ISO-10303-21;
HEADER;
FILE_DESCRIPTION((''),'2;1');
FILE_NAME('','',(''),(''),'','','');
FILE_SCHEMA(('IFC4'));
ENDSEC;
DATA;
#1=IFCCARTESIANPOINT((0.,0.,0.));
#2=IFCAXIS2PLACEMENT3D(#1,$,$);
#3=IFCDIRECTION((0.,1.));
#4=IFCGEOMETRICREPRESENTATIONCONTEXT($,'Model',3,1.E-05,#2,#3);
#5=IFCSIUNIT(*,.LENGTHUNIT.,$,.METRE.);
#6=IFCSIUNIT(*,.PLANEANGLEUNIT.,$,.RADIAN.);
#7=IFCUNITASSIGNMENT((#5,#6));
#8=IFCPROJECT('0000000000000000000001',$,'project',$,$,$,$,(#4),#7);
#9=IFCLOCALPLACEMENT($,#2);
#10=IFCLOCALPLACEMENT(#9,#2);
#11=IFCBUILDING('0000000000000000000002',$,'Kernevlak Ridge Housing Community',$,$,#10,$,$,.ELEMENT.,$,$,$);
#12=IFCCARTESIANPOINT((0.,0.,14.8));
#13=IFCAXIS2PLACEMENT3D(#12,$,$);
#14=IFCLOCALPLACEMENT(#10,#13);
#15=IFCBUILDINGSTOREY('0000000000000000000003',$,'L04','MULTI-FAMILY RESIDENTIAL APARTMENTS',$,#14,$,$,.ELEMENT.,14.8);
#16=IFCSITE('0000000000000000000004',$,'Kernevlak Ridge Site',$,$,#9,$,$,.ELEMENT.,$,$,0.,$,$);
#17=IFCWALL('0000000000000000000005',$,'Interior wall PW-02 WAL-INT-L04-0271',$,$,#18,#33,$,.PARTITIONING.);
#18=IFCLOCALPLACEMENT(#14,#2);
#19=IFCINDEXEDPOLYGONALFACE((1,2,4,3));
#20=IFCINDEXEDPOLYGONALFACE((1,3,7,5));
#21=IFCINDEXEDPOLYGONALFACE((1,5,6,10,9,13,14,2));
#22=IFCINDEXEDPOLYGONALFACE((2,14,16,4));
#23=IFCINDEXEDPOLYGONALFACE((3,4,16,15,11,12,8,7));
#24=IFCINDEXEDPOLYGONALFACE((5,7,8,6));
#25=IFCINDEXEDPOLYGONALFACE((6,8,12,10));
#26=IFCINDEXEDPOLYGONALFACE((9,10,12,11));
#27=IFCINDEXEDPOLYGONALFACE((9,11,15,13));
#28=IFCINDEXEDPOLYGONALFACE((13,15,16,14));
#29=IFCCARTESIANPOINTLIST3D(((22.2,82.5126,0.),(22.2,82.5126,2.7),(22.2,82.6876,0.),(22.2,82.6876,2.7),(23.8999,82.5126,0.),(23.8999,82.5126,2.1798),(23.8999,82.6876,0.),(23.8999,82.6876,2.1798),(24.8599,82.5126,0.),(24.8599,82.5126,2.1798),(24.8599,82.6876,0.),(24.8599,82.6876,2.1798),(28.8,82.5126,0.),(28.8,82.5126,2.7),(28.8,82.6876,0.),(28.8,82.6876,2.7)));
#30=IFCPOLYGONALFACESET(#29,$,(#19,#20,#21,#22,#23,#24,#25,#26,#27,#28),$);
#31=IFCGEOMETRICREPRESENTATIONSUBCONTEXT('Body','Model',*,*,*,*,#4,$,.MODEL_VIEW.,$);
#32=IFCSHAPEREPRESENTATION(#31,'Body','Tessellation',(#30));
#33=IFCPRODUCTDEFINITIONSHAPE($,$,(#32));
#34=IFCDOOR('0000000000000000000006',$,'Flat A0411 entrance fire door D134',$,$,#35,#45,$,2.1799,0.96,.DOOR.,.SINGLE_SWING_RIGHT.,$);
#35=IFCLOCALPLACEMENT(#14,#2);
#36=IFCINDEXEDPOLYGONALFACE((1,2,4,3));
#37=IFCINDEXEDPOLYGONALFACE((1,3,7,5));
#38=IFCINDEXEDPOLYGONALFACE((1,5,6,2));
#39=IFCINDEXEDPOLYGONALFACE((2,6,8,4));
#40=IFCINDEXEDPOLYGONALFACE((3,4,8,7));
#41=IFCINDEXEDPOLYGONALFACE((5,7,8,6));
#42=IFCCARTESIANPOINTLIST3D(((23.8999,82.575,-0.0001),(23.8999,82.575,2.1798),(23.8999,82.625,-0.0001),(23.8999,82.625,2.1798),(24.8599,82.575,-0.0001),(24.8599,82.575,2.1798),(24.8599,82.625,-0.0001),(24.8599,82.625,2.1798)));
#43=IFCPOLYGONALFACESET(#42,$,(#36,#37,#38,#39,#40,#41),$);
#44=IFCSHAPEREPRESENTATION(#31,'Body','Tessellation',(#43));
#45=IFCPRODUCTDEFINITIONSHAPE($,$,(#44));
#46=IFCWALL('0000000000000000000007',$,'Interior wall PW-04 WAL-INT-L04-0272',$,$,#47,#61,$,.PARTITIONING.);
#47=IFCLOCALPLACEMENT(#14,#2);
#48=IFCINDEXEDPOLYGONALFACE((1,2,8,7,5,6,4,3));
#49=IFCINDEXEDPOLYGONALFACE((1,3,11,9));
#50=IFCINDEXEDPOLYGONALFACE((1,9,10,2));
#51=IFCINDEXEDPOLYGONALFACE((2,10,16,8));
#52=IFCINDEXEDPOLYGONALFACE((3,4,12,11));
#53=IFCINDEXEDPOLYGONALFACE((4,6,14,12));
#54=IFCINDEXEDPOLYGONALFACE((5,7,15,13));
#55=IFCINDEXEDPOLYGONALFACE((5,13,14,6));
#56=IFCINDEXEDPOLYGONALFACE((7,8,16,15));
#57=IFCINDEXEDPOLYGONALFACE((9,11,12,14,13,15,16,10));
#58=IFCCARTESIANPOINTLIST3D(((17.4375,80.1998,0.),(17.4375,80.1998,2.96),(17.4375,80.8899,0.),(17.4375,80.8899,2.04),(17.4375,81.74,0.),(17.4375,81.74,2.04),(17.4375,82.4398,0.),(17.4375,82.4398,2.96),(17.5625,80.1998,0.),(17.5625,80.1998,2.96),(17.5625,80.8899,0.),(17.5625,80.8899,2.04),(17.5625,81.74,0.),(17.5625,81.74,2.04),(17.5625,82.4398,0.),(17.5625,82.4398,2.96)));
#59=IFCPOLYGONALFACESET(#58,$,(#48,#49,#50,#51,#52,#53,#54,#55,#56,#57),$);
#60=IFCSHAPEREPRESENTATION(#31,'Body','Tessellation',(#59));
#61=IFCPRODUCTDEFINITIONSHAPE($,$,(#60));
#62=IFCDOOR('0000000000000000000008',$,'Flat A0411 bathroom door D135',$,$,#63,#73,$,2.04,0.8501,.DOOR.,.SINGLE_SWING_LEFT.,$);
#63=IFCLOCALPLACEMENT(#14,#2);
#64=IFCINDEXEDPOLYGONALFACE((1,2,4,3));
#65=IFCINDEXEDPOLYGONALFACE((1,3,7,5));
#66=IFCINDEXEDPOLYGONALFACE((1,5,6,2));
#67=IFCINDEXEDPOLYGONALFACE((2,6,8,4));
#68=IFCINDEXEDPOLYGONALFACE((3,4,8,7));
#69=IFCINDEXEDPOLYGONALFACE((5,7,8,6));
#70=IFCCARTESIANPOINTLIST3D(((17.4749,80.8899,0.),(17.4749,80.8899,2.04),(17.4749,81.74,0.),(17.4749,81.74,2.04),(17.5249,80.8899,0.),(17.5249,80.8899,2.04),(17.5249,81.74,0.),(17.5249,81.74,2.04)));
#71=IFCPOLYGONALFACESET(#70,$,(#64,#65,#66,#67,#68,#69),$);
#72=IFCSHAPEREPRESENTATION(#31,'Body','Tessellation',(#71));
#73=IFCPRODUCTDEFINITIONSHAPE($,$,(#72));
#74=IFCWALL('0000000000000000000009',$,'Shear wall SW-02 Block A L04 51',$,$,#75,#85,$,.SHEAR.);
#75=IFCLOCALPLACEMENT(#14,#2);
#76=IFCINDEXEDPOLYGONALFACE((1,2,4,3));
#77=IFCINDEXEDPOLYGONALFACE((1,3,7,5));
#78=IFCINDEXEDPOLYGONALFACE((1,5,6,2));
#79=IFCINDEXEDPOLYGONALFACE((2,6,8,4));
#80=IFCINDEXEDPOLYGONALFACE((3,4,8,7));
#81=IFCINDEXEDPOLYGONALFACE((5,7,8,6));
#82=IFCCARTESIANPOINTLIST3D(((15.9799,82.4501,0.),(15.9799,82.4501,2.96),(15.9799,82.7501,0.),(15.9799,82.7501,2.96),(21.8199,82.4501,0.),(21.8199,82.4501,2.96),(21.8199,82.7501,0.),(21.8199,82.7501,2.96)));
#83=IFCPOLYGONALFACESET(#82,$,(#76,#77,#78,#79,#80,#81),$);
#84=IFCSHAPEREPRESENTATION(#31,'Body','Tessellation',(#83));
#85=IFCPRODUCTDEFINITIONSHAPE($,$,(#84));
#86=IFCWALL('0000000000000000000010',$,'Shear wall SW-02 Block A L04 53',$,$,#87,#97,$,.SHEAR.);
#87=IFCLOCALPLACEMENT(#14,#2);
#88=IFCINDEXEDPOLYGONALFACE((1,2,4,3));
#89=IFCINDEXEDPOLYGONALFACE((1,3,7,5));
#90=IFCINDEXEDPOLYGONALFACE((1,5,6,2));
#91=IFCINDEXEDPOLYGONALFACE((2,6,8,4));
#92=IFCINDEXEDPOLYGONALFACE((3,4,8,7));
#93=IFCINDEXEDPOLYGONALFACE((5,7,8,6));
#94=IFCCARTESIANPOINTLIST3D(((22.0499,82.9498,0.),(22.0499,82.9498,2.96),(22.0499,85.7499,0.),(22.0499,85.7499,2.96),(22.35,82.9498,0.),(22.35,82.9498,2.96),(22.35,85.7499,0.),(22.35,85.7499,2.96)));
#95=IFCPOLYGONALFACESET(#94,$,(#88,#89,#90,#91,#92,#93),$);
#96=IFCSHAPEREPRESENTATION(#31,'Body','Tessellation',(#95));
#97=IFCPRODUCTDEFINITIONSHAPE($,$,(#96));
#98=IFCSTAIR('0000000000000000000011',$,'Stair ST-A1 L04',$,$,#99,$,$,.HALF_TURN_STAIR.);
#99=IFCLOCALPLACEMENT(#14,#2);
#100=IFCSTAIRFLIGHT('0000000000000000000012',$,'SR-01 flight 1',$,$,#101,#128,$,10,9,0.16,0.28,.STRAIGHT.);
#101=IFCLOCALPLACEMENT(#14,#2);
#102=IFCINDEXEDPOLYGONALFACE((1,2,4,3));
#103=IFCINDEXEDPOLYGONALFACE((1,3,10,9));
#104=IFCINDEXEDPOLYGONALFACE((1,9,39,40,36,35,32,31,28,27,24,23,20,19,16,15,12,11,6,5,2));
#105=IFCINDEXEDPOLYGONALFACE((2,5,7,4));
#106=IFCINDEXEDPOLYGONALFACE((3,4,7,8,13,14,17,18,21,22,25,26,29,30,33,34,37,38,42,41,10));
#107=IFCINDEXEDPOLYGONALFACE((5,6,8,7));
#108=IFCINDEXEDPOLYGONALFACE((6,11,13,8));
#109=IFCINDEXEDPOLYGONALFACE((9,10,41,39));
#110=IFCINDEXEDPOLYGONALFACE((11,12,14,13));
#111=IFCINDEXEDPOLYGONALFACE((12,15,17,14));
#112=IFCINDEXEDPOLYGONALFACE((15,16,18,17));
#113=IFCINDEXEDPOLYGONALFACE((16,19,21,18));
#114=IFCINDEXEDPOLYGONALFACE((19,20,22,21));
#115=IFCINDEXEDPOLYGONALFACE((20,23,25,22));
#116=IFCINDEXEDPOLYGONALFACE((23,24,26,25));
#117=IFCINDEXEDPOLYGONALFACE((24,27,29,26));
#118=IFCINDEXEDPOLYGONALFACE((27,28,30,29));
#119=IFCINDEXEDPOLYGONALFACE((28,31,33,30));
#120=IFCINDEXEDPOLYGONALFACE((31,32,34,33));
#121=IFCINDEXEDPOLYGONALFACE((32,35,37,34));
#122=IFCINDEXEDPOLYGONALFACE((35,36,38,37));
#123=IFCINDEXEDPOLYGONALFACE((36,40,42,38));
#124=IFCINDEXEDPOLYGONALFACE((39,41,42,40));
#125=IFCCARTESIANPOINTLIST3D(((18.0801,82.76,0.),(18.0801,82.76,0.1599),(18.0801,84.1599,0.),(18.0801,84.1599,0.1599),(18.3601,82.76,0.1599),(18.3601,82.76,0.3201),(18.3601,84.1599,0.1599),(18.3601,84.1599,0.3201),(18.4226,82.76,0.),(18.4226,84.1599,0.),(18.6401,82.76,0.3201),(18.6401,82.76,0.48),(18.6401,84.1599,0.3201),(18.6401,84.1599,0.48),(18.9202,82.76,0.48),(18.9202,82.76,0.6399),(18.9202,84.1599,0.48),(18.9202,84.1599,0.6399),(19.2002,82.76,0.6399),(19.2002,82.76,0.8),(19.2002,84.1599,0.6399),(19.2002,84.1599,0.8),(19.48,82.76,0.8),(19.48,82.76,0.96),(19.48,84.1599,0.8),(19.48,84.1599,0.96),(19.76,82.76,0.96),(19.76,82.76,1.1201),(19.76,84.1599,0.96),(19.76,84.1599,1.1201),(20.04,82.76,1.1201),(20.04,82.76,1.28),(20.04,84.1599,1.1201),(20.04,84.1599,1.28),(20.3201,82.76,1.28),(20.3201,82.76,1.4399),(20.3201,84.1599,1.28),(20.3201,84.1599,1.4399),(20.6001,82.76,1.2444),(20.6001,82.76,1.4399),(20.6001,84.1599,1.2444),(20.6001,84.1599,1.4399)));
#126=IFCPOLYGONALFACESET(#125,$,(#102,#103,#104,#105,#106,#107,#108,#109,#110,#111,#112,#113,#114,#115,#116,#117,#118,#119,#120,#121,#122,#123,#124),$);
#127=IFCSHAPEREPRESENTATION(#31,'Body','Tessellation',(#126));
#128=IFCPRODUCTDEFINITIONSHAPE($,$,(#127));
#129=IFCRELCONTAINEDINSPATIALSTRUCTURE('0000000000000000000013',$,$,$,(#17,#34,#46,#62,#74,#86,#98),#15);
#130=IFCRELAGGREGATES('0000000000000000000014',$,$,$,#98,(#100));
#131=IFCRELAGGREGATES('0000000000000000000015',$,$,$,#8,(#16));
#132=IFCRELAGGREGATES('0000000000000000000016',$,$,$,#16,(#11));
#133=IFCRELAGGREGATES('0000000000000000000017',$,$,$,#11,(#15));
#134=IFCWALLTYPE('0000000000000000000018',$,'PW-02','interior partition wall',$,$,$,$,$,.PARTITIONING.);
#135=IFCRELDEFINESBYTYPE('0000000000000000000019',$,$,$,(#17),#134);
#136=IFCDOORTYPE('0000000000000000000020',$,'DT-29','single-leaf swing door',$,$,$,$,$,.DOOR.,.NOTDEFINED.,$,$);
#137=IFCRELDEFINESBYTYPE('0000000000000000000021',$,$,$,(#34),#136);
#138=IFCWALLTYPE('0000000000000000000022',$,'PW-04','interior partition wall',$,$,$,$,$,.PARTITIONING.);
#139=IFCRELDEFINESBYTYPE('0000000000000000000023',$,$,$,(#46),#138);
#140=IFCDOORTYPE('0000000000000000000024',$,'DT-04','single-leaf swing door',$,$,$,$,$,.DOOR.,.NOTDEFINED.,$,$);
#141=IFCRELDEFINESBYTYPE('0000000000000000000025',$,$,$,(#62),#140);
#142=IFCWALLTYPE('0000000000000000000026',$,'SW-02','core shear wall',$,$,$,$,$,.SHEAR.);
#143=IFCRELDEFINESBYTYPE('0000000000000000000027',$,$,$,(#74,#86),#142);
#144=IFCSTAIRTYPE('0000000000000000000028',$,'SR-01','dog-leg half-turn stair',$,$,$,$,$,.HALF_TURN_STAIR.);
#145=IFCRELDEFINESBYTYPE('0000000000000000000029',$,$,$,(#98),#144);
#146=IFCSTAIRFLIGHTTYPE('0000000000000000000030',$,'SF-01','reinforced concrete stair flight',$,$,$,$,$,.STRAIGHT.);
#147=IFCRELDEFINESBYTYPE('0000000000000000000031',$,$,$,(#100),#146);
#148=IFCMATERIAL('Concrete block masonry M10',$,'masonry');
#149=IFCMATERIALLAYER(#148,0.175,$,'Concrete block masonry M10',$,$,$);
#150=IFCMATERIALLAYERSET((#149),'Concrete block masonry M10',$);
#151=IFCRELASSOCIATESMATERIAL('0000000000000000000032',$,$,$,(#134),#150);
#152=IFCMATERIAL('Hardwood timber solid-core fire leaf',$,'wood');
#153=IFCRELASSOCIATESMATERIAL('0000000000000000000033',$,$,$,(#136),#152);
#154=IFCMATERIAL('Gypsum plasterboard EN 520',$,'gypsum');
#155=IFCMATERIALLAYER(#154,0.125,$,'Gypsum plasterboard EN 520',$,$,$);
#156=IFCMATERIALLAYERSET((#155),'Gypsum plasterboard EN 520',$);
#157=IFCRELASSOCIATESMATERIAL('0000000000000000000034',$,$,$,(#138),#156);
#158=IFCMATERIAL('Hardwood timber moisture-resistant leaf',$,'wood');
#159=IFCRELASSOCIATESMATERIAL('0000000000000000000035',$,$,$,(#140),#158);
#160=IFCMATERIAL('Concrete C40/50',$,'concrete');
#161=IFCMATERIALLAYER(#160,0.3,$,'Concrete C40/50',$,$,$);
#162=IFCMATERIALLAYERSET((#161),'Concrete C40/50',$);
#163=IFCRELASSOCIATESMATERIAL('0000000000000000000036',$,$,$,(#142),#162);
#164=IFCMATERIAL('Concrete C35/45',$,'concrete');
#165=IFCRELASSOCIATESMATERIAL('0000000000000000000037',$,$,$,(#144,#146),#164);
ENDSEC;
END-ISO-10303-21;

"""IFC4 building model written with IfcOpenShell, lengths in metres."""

from ifc_helpers import new_model, si_unit, direction, frame, frame_2d, origin, place, context, subcontext, project, spatial, polyline, rectangle, outline, extrude, material, layer, layer_set, type_object, element, fill, aggregate, save


model = new_model("IFC4")

# Units and contexts
model_context = context("Model", 3, precision=1e-05, world=origin(), true_north=direction((0.0, 1.0)))
body_context = subcontext(model_context, "Body", "Model", "MODEL_VIEW")
ifc_project = project(units=[si_unit("LENGTHUNIT", "METRE"), si_unit("PLANEANGLEUNIT", "RADIAN")], contexts=[model_context])

# Site, building, storey
site_placement = place(None, origin())
site = spatial("IfcSite", under=ifc_project, at=site_placement, Name="Kernevlak Ridge Site", CompositionType="ELEMENT", RefElevation=0.0)
building_placement = place(site_placement, origin())
building = spatial("IfcBuilding", under=site, at=building_placement, Name="Kernevlak Ridge Housing Community", CompositionType="ELEMENT")
storey_placement = place(building_placement, frame((0.0, 0.0, 14.8)))
storey = spatial("IfcBuildingStorey", under=building, at=storey_placement, Name="L04", Description="MULTI-FAMILY RESIDENTIAL APARTMENTS", CompositionType="ELEMENT", Elevation=14.8)

# Shared definitions
ifc_material_1 = material(Name="Concrete C40/50", Category="concrete")

# Shared definitions
ifc_material_2 = material(Name="Concrete C35/45", Category="concrete")

# Walls, openings, doors
ifc_material_3 = material(Name="Concrete block masonry M10", Category="masonry")
ifc_layer_1 = layer(ifc_material_3, 0.175, Name="Concrete block masonry M10")
ifc_layer_set_1 = layer_set([ifc_layer_1], Name="Concrete block masonry M10")
wall_type_1 = type_object("IfcWallType", Name="PW-02", Description="interior partition wall", PredefinedType="PARTITIONING", material=ifc_layer_set_1)
wall_1_placement = place(storey_placement, frame((22.2, 82.6001, 0.0), z_axis=(0.0, 0.0, 1.0), x_axis=(1.0, 0.0, 0.0)))
wall_1 = element("IfcWall", 1, at=wall_1_placement, inside=storey, type_object=wall_type_1, Name="Interior wall PW-02 WAL-INT-L04-0271", PredefinedType="PARTITIONING", context=body_context, shape_type="SweptSolid", body=[
    extrude(rectangle(XDim=6.6001, YDim=0.175, at=frame_2d((3.3, 0.0))), origin(), (0.0, 0.0, 1.0), 2.7),
])
opening_1_placement = place(wall_1_placement, frame((1.7, 0.0, 0.0)))
opening_1 = element("IfcOpeningElement", 2, at=opening_1_placement, cuts=wall_1, PredefinedType="OPENING", context=body_context, shape_type="SweptSolid", body=[
    extrude(rectangle(XDim=0.96, YDim=2.1799, at=frame_2d((0.48, 1.0898))), frame((0.0, 0.0974, 0.0), z_axis=(0.0, -1.0, 0.0), x_axis=(1.0, 0.0, 0.0)), (0.0, 0.0, 1.0), 0.1951),
])
ifc_material_4 = material(Name="Hardwood timber solid-core fire leaf", Category="wood")
door_type_1 = type_object("IfcDoorType", Name="DT-29", Description="single-leaf swing door", OperationType="NOTDEFINED", PredefinedType="DOOR", material=ifc_material_4)
door_1_placement = place(opening_1_placement, origin())
door_1 = element("IfcDoor", 3, at=door_1_placement, inside=storey, type_object=door_type_1, Name="Flat A0411 entrance fire door D134", OperationType="SINGLE_SWING_RIGHT", OverallHeight=2.1799, OverallWidth=0.96, PredefinedType="DOOR", context=body_context, shape_type="SweptSolid", body=[
    extrude(rectangle(XDim=0.96, YDim=2.1799, at=frame_2d((0.48, 1.0898))), frame((0.0, 0.0249, 0.0), z_axis=(0.0, -1.0, 0.0), x_axis=(1.0, 0.0, 0.0)), (0.0, 0.0, 1.0), 0.05),
])
fill(opening_1, door_1)
ifc_material_5 = material(Name="Gypsum plasterboard EN 520", Category="gypsum")
ifc_layer_2 = layer(ifc_material_5, 0.125, Name="Gypsum plasterboard EN 520")
ifc_layer_set_2 = layer_set([ifc_layer_2], Name="Gypsum plasterboard EN 520")
wall_type_2 = type_object("IfcWallType", Name="PW-04", Description="interior partition wall", PredefinedType="PARTITIONING", material=ifc_layer_set_2)
wall_2_placement = place(storey_placement, frame((17.5, 82.4399, 0.0), z_axis=(0.0, 0.0, 1.0), x_axis=(0.0, -1.0, 0.0)))
wall_2 = element("IfcWall", 4, at=wall_2_placement, inside=storey, type_object=wall_type_2, Name="Interior wall PW-04 WAL-INT-L04-0272", PredefinedType="PARTITIONING", context=body_context, shape_type="SweptSolid", body=[
    extrude(rectangle(XDim=2.24, YDim=0.125, at=frame_2d((1.1201, 0.0))), origin(), (0.0, 0.0, 1.0), 2.96),
])
opening_2_placement = place(wall_2_placement, frame((0.7, 0.0, 0.0)))
opening_2 = element("IfcOpeningElement", 5, at=opening_2_placement, cuts=wall_2, PredefinedType="OPENING", context=body_context, shape_type="SweptSolid", body=[
    extrude(rectangle(XDim=0.8501, YDim=2.04, at=frame_2d((0.425, 1.02))), frame((0.0, 0.0725, 0.0), z_axis=(0.0, -1.0, 0.0), x_axis=(1.0, 0.0, 0.0)), (0.0, 0.0, 1.0), 0.145),
])
ifc_material_6 = material(Name="Hardwood timber moisture-resistant leaf", Category="wood")
door_type_2 = type_object("IfcDoorType", Name="DT-04", Description="single-leaf swing door", OperationType="NOTDEFINED", PredefinedType="DOOR", material=ifc_material_6)
door_2_placement = place(opening_2_placement, origin())
door_2 = element("IfcDoor", 6, at=door_2_placement, inside=storey, type_object=door_type_2, Name="Flat A0411 bathroom door D135", OperationType="SINGLE_SWING_LEFT", OverallHeight=2.04, OverallWidth=0.8501, PredefinedType="DOOR", context=body_context, shape_type="SweptSolid", body=[
    extrude(rectangle(XDim=0.8501, YDim=2.04, at=frame_2d((0.425, 1.02))), frame((0.0, 0.0249, 0.0), z_axis=(0.0, -1.0, 0.0), x_axis=(1.0, 0.0, 0.0)), (0.0, 0.0, 1.0), 0.05),
])
fill(opening_2, door_2)

# Walls
ifc_layer_3 = layer(ifc_material_1, 0.3, Name="Concrete C40/50")
ifc_layer_set_3 = layer_set([ifc_layer_3], Name="Concrete C40/50")
wall_type_3 = type_object("IfcWallType", Name="SW-02", Description="core shear wall", PredefinedType="SHEAR", material=ifc_layer_set_3)
wall_3_placement = place(storey_placement, frame((15.98, 82.6001, 0.0), z_axis=(0.0, 0.0, 1.0), x_axis=(1.0, 0.0, 0.0)))
element("IfcWall", 7, at=wall_3_placement, inside=storey, type_object=wall_type_3, Name="Shear wall SW-02 Block A L04 51", PredefinedType="SHEAR", context=body_context, shape_type="SweptSolid", body=[
    extrude(rectangle(XDim=5.8401, YDim=0.3, at=frame_2d((2.9199, 0.0))), origin(), (0.0, 0.0, 1.0), 2.96),
])
wall_4_placement = place(storey_placement, frame((22.2, 82.95, 0.0), z_axis=(0.0, 0.0, 1.0), x_axis=(0.0, 1.0, 0.0)))
element("IfcWall", 8, at=wall_4_placement, inside=storey, type_object=wall_type_3, Name="Shear wall SW-02 Block A L04 53", PredefinedType="SHEAR", context=body_context, shape_type="SweptSolid", body=[
    extrude(rectangle(XDim=2.8, YDim=0.3, at=frame_2d((1.3999, 0.0))), origin(), (0.0, 0.0, 1.0), 2.96),
])

# Stair, stair flight
stair_type = type_object("IfcStairType", Name="SR-01", Description="dog-leg half-turn stair", PredefinedType="HALF_TURN_STAIR", material=ifc_material_2)
stair_placement = place(storey_placement, origin())
stair = element("IfcStair", 9, at=stair_placement, inside=storey, type_object=stair_type, Name="Stair ST-A1 L04", PredefinedType="HALF_TURN_STAIR")
stair_flight_type = type_object("IfcStairFlightType", Name="SF-01", Description="reinforced concrete stair flight", PredefinedType="STRAIGHT", material=ifc_material_2)
stair_flight_placement = place(storey_placement, frame((18.0801, 83.46, 0.0), z_axis=(0.0, 0.0, 1.0), x_axis=(1.0, 0.0, 0.0)))
stair_flight = element("IfcStairFlight", 10, at=stair_flight_placement, type_object=stair_flight_type, Name="SR-01 flight 1", NumberOfRisers=10, NumberOfTreads=9, PredefinedType="STRAIGHT", RiserHeight=0.16, TreadLength=0.28, context=body_context, shape_type="SweptSolid", body=[
    extrude(outline(polyline([(0.0, 0.0), (0.0, 0.1599), (0.28, 0.1599), (0.28, 0.3201), (0.5601, 0.3201), (0.5601, 0.48), (0.8401, 0.48), (0.8401, 0.6399), (1.1201, 0.6399), (1.1201, 0.8), (1.3999, 0.8), (1.3999, 0.96), (1.6799, 0.96), (1.6799, 1.1201), (1.96, 1.1201), (1.96, 1.28), (2.24, 1.28), (2.24, 1.4399), (2.52, 1.4399), (2.52, 1.6001), (2.52, 1.2444), (0.3425, 0.0), (0.0, 0.0)])), frame((0.0, 0.7, 0.0), z_axis=(0.0, -1.0, 0.0), x_axis=(1.0, 0.0, 0.0)), (0.0, 0.0, 1.0), 1.3999),
])
aggregate(stair, [stair_flight])

save(model, "model.ifc")
